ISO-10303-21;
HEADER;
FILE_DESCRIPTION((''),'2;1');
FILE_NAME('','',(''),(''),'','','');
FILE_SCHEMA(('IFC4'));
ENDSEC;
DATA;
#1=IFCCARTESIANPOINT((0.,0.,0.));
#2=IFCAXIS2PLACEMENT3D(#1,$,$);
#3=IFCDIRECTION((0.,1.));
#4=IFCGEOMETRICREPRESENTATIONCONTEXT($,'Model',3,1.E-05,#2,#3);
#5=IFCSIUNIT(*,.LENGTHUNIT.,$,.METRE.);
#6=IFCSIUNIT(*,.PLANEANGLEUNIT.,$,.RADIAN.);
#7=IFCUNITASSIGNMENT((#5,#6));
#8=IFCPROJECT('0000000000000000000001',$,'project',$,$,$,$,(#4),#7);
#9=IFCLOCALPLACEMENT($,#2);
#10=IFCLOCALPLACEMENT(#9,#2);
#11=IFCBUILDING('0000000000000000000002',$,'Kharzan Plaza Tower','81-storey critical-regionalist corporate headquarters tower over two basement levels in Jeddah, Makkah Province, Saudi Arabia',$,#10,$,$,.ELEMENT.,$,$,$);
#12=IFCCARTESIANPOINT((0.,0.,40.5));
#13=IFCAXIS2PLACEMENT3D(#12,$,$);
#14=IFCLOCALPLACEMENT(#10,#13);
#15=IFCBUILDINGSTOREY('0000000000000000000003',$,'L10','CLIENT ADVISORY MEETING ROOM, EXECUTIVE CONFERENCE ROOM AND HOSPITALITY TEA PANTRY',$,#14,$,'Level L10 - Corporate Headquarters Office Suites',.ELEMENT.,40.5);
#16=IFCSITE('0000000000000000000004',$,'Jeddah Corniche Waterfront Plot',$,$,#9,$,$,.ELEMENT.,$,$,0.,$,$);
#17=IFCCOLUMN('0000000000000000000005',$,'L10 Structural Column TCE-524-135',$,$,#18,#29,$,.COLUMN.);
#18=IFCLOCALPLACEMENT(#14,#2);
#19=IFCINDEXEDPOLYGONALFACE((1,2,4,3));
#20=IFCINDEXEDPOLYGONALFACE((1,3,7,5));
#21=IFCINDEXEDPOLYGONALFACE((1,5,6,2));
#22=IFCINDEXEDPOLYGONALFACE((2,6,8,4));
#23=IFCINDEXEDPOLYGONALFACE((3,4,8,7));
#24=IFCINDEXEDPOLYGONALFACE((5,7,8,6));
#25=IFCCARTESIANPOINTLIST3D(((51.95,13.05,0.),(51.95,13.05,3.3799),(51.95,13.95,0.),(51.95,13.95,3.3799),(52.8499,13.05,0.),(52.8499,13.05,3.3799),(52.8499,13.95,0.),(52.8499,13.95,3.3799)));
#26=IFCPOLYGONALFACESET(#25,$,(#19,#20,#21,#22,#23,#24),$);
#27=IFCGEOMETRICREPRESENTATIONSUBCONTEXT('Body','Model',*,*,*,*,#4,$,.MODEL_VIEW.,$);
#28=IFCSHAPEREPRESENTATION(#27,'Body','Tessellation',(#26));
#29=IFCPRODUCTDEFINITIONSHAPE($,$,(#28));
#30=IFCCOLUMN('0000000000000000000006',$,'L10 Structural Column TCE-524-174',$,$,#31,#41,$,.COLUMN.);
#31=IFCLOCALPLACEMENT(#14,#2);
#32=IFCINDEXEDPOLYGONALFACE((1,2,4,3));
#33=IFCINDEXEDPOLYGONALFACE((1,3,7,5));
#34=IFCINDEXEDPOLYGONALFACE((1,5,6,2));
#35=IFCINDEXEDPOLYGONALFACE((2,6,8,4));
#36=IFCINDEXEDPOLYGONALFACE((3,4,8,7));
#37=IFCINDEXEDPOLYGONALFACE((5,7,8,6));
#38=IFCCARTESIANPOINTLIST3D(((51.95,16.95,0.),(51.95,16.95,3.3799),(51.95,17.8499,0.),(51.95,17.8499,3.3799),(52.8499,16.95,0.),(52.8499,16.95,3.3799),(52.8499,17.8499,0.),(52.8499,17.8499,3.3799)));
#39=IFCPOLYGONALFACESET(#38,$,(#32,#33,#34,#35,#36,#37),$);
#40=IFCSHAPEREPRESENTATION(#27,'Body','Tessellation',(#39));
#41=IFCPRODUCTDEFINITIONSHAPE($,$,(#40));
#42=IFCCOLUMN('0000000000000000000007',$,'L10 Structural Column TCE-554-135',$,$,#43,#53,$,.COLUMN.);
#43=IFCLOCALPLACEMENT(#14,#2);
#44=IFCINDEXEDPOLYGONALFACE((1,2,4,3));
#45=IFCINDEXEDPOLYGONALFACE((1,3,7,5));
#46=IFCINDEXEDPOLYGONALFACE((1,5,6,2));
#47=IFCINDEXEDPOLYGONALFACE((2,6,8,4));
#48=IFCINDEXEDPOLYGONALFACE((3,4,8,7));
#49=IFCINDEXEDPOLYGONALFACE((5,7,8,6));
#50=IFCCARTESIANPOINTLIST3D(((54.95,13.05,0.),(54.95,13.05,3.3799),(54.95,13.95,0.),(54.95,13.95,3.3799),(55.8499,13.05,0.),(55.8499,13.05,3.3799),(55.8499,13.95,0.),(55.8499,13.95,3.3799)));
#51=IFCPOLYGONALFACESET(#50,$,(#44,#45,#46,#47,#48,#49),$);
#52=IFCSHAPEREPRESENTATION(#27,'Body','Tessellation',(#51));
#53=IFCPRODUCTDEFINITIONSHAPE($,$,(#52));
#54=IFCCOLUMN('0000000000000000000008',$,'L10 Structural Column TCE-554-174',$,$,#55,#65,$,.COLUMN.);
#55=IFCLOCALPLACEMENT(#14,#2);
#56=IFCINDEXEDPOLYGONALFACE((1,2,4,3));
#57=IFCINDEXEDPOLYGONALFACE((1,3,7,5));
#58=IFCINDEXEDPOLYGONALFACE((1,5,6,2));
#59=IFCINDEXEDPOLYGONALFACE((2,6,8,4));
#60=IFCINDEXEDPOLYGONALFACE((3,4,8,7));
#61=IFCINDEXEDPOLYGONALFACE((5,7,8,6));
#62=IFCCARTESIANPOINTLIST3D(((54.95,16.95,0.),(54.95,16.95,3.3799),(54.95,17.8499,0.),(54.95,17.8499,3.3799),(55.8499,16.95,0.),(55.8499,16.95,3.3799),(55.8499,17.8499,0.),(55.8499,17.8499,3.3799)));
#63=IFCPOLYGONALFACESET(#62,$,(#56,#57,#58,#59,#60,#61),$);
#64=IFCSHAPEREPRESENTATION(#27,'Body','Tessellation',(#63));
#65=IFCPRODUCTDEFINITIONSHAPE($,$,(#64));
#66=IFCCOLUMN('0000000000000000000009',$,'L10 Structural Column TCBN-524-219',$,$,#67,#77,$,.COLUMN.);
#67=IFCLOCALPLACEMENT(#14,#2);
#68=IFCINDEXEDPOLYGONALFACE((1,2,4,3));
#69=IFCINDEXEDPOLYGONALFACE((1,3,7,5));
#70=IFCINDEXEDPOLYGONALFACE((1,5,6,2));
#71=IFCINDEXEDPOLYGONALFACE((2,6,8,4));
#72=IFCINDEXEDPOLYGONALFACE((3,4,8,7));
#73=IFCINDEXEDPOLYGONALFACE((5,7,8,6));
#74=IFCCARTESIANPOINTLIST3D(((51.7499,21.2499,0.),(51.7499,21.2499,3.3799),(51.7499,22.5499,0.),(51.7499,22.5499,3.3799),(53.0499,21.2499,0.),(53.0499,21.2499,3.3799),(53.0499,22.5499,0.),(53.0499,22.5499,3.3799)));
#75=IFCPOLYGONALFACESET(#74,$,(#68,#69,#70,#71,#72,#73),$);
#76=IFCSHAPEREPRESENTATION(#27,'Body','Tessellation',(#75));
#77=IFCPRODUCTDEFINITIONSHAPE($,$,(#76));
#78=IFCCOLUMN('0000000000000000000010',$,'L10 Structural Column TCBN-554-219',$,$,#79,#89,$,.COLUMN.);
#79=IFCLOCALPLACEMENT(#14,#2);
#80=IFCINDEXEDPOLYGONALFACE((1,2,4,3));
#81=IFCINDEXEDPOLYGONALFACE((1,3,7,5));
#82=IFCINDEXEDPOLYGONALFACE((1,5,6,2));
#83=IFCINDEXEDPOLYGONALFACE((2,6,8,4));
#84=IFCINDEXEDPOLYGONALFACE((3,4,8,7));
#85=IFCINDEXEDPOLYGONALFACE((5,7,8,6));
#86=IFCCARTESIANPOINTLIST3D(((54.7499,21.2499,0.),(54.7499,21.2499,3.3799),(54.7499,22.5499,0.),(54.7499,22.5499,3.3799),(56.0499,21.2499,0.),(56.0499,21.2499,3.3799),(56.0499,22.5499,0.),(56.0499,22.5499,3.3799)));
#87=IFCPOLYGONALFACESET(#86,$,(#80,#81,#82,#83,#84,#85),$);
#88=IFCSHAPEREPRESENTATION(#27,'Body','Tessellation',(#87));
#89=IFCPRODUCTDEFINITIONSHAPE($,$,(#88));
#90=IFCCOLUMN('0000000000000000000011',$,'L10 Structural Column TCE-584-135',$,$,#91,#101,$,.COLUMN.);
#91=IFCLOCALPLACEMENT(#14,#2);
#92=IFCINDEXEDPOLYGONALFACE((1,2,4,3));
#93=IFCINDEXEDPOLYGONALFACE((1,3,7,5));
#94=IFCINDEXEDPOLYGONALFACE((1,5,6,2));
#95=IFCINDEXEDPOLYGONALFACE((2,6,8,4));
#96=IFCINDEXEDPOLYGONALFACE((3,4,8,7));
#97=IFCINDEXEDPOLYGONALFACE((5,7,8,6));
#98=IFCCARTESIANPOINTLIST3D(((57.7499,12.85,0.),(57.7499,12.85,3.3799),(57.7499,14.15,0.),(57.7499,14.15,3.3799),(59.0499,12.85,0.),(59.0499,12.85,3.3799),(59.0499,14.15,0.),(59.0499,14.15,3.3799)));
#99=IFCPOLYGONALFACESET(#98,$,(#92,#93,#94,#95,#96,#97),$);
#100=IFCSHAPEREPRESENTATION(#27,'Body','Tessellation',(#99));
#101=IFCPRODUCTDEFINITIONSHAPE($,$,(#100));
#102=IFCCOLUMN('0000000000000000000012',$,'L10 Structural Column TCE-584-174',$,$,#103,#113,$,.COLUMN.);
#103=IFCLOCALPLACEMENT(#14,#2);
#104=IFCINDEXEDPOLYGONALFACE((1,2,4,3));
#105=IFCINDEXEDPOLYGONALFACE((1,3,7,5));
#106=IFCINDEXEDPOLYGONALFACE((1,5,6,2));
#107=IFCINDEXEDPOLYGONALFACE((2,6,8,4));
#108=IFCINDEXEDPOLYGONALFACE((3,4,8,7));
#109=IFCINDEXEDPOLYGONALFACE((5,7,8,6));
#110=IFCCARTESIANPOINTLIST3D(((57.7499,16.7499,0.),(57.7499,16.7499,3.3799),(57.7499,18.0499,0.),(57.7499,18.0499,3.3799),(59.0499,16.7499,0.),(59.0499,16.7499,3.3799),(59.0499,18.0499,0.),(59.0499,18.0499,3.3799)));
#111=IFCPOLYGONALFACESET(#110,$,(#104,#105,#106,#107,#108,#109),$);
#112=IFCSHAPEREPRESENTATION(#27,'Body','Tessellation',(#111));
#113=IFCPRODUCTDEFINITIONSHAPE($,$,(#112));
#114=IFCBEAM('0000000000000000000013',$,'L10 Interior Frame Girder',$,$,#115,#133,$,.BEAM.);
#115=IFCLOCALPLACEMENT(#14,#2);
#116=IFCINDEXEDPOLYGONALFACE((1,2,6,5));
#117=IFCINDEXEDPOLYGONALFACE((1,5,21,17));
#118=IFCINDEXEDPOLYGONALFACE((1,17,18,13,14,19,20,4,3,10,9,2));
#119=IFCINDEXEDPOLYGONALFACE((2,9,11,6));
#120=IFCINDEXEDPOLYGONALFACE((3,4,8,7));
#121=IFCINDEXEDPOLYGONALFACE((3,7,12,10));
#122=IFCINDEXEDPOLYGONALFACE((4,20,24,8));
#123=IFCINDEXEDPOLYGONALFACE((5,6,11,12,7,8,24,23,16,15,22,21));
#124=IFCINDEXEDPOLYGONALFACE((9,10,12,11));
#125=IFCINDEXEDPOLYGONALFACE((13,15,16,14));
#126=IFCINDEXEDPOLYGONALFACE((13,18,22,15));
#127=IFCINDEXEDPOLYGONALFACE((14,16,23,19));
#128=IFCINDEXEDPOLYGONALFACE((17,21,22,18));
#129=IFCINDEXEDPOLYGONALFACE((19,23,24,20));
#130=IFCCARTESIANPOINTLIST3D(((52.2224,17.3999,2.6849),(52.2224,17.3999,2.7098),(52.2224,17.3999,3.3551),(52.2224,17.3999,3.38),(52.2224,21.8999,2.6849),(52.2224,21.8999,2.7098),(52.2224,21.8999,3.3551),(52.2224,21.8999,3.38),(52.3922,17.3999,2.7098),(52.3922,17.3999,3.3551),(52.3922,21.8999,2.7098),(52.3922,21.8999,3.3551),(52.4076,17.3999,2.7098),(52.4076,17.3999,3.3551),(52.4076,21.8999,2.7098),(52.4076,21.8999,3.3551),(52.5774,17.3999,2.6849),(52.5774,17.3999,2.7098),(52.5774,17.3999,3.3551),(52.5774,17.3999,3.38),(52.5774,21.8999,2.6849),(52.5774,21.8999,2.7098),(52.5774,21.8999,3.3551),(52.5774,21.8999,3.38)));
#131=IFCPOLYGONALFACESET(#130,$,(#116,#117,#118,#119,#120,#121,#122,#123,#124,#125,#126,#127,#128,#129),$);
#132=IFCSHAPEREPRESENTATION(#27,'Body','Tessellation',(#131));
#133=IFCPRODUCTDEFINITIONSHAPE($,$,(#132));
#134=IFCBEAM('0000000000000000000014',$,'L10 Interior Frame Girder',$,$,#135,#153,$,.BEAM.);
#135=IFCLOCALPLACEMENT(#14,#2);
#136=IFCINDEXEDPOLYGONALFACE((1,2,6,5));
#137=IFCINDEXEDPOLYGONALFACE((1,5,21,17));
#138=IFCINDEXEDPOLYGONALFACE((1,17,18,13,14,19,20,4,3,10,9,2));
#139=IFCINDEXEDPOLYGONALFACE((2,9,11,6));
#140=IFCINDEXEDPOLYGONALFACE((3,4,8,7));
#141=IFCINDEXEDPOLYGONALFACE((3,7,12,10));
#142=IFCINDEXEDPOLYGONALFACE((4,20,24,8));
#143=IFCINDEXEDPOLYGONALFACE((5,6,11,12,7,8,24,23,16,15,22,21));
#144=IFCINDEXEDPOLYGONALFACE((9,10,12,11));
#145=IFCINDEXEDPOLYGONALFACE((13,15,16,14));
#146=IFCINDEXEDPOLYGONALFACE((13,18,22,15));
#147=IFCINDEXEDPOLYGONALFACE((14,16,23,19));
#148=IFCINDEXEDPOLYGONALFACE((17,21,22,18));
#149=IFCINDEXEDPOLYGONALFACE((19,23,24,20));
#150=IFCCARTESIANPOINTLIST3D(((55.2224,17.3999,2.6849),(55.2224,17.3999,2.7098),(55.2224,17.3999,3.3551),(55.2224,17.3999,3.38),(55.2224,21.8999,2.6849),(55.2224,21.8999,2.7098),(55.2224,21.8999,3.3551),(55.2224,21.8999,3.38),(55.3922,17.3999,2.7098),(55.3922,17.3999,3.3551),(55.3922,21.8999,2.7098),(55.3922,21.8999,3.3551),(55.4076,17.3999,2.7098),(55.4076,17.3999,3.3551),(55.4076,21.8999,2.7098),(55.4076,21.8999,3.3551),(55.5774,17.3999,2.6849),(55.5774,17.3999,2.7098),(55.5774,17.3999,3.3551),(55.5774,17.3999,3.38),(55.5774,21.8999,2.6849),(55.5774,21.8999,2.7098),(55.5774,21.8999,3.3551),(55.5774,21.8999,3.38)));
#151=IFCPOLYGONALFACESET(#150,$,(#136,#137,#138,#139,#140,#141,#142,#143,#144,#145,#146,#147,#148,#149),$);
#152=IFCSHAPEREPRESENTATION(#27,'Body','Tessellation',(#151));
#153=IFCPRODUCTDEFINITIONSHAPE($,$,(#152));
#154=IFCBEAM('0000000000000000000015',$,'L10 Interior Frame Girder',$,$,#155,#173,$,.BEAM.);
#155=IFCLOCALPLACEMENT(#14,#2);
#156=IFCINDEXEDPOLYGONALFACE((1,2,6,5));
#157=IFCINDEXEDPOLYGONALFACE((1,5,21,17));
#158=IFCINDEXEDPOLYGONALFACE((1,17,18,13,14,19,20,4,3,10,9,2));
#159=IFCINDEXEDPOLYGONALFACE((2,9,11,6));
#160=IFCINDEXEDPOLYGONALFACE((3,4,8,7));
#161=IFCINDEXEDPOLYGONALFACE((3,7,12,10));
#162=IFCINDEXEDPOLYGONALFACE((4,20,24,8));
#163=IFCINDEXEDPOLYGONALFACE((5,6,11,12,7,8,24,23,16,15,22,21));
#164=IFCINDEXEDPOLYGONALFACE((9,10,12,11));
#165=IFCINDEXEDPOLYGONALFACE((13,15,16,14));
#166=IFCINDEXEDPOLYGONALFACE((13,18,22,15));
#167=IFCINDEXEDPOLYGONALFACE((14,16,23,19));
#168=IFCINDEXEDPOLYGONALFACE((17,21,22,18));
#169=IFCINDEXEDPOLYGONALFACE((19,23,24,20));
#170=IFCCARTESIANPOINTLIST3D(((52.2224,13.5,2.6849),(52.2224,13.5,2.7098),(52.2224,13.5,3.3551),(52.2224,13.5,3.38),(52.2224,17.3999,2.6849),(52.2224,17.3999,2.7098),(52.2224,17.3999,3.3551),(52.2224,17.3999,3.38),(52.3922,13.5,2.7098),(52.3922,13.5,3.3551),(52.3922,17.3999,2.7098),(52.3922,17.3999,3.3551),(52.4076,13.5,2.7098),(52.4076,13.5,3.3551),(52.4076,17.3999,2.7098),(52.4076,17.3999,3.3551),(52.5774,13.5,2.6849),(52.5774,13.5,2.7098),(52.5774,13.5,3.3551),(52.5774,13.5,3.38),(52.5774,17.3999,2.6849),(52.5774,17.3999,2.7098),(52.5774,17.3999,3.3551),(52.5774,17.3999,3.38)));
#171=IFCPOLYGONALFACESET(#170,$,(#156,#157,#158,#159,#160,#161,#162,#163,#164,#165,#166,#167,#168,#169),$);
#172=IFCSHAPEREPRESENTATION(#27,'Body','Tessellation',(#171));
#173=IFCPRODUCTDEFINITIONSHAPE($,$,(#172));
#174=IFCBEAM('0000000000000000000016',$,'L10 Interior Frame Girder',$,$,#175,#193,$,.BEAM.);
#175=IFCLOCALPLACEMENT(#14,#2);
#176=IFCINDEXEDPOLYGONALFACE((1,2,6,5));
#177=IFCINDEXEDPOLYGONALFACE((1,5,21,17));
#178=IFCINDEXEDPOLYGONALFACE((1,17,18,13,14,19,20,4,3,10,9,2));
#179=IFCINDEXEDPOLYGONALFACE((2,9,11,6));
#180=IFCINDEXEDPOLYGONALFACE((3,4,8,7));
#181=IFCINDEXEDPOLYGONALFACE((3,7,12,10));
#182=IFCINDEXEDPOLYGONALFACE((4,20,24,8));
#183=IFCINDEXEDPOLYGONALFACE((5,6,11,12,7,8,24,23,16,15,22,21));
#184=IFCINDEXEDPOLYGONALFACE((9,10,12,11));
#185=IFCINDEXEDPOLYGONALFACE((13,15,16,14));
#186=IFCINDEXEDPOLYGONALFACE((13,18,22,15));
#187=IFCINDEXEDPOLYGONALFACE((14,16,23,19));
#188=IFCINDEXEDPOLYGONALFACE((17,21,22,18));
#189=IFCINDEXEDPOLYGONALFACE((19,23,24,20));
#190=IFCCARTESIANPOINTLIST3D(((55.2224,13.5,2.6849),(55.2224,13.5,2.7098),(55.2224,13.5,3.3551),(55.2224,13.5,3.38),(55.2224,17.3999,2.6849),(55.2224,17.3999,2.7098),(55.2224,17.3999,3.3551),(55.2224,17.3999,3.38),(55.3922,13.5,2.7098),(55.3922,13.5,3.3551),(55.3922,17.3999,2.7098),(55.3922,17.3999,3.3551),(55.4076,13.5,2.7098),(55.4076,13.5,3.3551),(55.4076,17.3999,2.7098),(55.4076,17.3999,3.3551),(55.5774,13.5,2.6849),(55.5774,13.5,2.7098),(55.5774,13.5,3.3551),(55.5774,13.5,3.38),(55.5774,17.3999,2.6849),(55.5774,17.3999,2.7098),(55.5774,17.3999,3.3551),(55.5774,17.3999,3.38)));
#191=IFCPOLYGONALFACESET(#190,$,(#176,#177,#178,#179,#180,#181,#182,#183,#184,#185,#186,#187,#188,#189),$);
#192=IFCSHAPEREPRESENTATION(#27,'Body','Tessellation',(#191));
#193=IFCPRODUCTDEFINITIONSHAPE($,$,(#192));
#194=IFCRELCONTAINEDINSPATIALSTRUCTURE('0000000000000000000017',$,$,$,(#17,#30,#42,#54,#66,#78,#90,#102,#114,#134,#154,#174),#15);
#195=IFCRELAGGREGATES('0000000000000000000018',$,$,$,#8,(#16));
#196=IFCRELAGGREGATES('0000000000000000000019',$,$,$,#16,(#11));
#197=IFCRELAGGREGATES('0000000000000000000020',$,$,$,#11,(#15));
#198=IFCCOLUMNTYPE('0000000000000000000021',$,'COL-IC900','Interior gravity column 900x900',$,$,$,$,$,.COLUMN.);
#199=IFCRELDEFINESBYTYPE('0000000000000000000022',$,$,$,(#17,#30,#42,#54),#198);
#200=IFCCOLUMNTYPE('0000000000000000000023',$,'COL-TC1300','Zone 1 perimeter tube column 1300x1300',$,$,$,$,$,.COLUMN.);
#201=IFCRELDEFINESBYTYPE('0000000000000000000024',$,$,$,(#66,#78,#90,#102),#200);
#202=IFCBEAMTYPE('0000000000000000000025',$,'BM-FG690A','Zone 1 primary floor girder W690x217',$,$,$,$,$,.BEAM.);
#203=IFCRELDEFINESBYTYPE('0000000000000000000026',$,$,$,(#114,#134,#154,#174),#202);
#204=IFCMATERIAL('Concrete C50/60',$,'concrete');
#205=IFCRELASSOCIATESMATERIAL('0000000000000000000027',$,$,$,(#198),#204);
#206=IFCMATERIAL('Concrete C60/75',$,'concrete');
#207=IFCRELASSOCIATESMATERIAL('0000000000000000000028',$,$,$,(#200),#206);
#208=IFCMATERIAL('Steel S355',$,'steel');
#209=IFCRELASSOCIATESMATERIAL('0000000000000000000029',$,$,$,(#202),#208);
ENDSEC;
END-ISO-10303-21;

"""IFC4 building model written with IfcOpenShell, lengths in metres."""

from ifc_helpers import new_model, si_unit, direction, frame, origin, origin_2d, place, context, subcontext, project, spatial, rectangle, i_section, extrude, source, transform, mapped, material, material_profile, profile_set, type_object, element, save


model = new_model("IFC4")

# Units and contexts
model_context = context("Model", 3, precision=1e-05, world=origin(), true_north=direction((0.0, 1.0)))
body_context = subcontext(model_context, "Body", "Model", "MODEL_VIEW")
ifc_project = project(units=[si_unit("LENGTHUNIT", "METRE"), si_unit("PLANEANGLEUNIT", "RADIAN")], contexts=[model_context])

# Site, building, storey
site_placement = place(None, origin())
site = spatial("IfcSite", under=ifc_project, at=site_placement, Name="Jeddah Corniche Waterfront Plot", CompositionType="ELEMENT", RefElevation=0.0)
building_placement = place(site_placement, origin())
building = spatial("IfcBuilding", under=site, at=building_placement, Name="Kharzan Plaza Tower", Description="81-storey critical-regionalist corporate headquarters tower over two basement levels in Jeddah, Makkah Province, Saudi Arabia", CompositionType="ELEMENT")
storey_placement = place(building_placement, frame((0.0, 0.0, 40.5)))
storey = spatial("IfcBuildingStorey", under=building, at=storey_placement, Name="L10", Description="CLIENT ADVISORY MEETING ROOM, EXECUTIVE CONFERENCE ROOM AND HOSPITALITY TEA PANTRY", LongName="Level L10 - Corporate Headquarters Office Suites", CompositionType="ELEMENT", Elevation=40.5)

# Columns
ifc_material_1 = material(Name="Concrete C50/60", Category="concrete")
ifc_material_profile_1 = material_profile(ifc_material_1, rectangle(XDim=0.8999, YDim=0.8999, at=origin_2d()), Name="RC-IC900x900")
ifc_profile_set_1 = profile_set([ifc_material_profile_1], Name="Concrete C50/60")
column_type_1 = type_object("IfcColumnType", Name="COL-IC900", Description="Interior gravity column 900x900", PredefinedType="COLUMN", material=ifc_profile_set_1)
shared_shape_1 = source(origin(), body_context, "Body", "SweptSolid", [
    extrude(rectangle(XDim=0.8999, YDim=0.8999, at=origin_2d()), origin(), (0.0, 0.0, 1.0), 3.3799),
])
for number, where, z_axis, x_axis, name in (
    (1, (52.3999, 13.5, 0.0), (0.0, 0.0, 1.0), (1.0, 0.0, 0.0), "L10 Structural Column TCE-524-135"),
    (2, (52.3999, 17.3999, 0.0), (0.0, 0.0, 1.0), (1.0, 0.0, 0.0), "L10 Structural Column TCE-524-174"),
    (3, (55.3999, 13.5, 0.0), (0.0, 0.0, 1.0), (1.0, 0.0, 0.0), "L10 Structural Column TCE-554-135"),
    (4, (55.3999, 17.3999, 0.0), (0.0, 0.0, 1.0), (1.0, 0.0, 0.0), "L10 Structural Column TCE-554-174"),
):
    element("IfcColumn", number, at=place(storey_placement, frame(where, z_axis=z_axis, x_axis=x_axis)), inside=storey, type_object=column_type_1, Name=name, PredefinedType="COLUMN", context=body_context, shape_type="MappedRepresentation", body=[
        mapped(shared_shape_1, transform((0.0, 0.0, 0.0), x_axis=(1.0, 0.0, 0.0), y_axis=(0.0, 1.0, 0.0), z_axis=(0.0, 0.0, 1.0))),
    ])
ifc_material_2 = material(Name="Concrete C60/75", Category="concrete")
ifc_material_profile_2 = material_profile(ifc_material_2, rectangle(XDim=1.3, YDim=1.3, at=origin_2d()), Name="RC-TC1300x1300")
ifc_profile_set_2 = profile_set([ifc_material_profile_2], Name="Concrete C60/75")
column_type_2 = type_object("IfcColumnType", Name="COL-TC1300", Description="Zone 1 perimeter tube column 1300x1300", PredefinedType="COLUMN", material=ifc_profile_set_2)
shared_shape_2 = source(origin(), body_context, "Body", "SweptSolid", [
    extrude(rectangle(XDim=1.3, YDim=1.3, at=origin_2d()), origin(), (0.0, 0.0, 1.0), 3.3799),
])
for number, where, z_axis, x_axis, name in (
    (5, (52.3999, 21.8999, 0.0), (0.0, 0.0, 1.0), (1.0, 0.0, 0.0), "L10 Structural Column TCBN-524-219"),
    (6, (55.3999, 21.8999, 0.0), (0.0, 0.0, 1.0), (1.0, 0.0, 0.0), "L10 Structural Column TCBN-554-219"),
    (7, (58.3999, 13.5, 0.0), (0.0, 0.0, 1.0), (1.0, 0.0, 0.0), "L10 Structural Column TCE-584-135"),
    (8, (58.3999, 17.3999, 0.0), (0.0, 0.0, 1.0), (1.0, 0.0, 0.0), "L10 Structural Column TCE-584-174"),
):
    element("IfcColumn", number, at=place(storey_placement, frame(where, z_axis=z_axis, x_axis=x_axis)), inside=storey, type_object=column_type_2, Name=name, PredefinedType="COLUMN", context=body_context, shape_type="MappedRepresentation", body=[
        mapped(shared_shape_2, transform((0.0, 0.0, 0.0), x_axis=(1.0, 0.0, 0.0), y_axis=(0.0, 1.0, 0.0), z_axis=(0.0, 0.0, 1.0))),
    ])

# Beams
ifc_material_3 = material(Name="Steel S355", Category="steel")
ifc_material_profile_3 = material_profile(ifc_material_3, i_section(OverallWidth=0.355, OverallDepth=0.6951, WebThickness=0.0154, FlangeThickness=0.0249, at=origin_2d()), Name="W690x217")
ifc_profile_set_3 = profile_set([ifc_material_profile_3], Name="Steel S355")
beam_type_1 = type_object("IfcBeamType", Name="BM-FG690A", Description="Zone 1 primary floor girder W690x217", PredefinedType="BEAM", material=ifc_profile_set_3)
shared_shape_3 = source(origin(), body_context, "Body", "SweptSolid", [
    extrude(i_section(OverallWidth=0.355, OverallDepth=0.6951, WebThickness=0.0154, FlangeThickness=0.0249, at=origin_2d()), origin(), (0.0, 0.0, 1.0), 4.5),
])
for number, where, z_axis, x_axis, name in (
    (9, (52.3999, 17.3999, 3.0325), (0.0, 1.0, 0.0), (-1.0, 0.0, 0.0), "L10 Interior Frame Girder"),
    (10, (55.3999, 17.3999, 3.0325), (0.0, 1.0, 0.0), (-1.0, 0.0, 0.0), "L10 Interior Frame Girder"),
):
    element("IfcBeam", number, at=place(storey_placement, frame(where, z_axis=z_axis, x_axis=x_axis)), inside=storey, type_object=beam_type_1, Name=name, PredefinedType="BEAM", context=body_context, shape_type="MappedRepresentation", body=[
        mapped(shared_shape_3, transform((0.0, 0.0, 0.0), x_axis=(1.0, 0.0, 0.0), y_axis=(0.0, 1.0, 0.0), z_axis=(0.0, 0.0, 1.0))),
    ])
shared_shape_4 = source(origin(), body_context, "Body", "SweptSolid", [
    extrude(i_section(OverallWidth=0.355, OverallDepth=0.6951, WebThickness=0.0154, FlangeThickness=0.0249, at=origin_2d()), origin(), (0.0, 0.0, 1.0), 3.8999),
])
for number, where, z_axis, x_axis, name in (
    (11, (52.3999, 13.5, 3.0325), (0.0, 1.0, 0.0), (-1.0, 0.0, 0.0), "L10 Interior Frame Girder"),
    (12, (55.3999, 13.5, 3.0325), (0.0, 1.0, 0.0), (-1.0, 0.0, 0.0), "L10 Interior Frame Girder"),
):
    element("IfcBeam", number, at=place(storey_placement, frame(where, z_axis=z_axis, x_axis=x_axis)), inside=storey, type_object=beam_type_1, Name=name, PredefinedType="BEAM", context=body_context, shape_type="MappedRepresentation", body=[
        mapped(shared_shape_4, transform((0.0, 0.0, 0.0), x_axis=(1.0, 0.0, 0.0), y_axis=(0.0, 1.0, 0.0), z_axis=(0.0, 0.0, 1.0))),
    ])

save(model, "model.ifc")
